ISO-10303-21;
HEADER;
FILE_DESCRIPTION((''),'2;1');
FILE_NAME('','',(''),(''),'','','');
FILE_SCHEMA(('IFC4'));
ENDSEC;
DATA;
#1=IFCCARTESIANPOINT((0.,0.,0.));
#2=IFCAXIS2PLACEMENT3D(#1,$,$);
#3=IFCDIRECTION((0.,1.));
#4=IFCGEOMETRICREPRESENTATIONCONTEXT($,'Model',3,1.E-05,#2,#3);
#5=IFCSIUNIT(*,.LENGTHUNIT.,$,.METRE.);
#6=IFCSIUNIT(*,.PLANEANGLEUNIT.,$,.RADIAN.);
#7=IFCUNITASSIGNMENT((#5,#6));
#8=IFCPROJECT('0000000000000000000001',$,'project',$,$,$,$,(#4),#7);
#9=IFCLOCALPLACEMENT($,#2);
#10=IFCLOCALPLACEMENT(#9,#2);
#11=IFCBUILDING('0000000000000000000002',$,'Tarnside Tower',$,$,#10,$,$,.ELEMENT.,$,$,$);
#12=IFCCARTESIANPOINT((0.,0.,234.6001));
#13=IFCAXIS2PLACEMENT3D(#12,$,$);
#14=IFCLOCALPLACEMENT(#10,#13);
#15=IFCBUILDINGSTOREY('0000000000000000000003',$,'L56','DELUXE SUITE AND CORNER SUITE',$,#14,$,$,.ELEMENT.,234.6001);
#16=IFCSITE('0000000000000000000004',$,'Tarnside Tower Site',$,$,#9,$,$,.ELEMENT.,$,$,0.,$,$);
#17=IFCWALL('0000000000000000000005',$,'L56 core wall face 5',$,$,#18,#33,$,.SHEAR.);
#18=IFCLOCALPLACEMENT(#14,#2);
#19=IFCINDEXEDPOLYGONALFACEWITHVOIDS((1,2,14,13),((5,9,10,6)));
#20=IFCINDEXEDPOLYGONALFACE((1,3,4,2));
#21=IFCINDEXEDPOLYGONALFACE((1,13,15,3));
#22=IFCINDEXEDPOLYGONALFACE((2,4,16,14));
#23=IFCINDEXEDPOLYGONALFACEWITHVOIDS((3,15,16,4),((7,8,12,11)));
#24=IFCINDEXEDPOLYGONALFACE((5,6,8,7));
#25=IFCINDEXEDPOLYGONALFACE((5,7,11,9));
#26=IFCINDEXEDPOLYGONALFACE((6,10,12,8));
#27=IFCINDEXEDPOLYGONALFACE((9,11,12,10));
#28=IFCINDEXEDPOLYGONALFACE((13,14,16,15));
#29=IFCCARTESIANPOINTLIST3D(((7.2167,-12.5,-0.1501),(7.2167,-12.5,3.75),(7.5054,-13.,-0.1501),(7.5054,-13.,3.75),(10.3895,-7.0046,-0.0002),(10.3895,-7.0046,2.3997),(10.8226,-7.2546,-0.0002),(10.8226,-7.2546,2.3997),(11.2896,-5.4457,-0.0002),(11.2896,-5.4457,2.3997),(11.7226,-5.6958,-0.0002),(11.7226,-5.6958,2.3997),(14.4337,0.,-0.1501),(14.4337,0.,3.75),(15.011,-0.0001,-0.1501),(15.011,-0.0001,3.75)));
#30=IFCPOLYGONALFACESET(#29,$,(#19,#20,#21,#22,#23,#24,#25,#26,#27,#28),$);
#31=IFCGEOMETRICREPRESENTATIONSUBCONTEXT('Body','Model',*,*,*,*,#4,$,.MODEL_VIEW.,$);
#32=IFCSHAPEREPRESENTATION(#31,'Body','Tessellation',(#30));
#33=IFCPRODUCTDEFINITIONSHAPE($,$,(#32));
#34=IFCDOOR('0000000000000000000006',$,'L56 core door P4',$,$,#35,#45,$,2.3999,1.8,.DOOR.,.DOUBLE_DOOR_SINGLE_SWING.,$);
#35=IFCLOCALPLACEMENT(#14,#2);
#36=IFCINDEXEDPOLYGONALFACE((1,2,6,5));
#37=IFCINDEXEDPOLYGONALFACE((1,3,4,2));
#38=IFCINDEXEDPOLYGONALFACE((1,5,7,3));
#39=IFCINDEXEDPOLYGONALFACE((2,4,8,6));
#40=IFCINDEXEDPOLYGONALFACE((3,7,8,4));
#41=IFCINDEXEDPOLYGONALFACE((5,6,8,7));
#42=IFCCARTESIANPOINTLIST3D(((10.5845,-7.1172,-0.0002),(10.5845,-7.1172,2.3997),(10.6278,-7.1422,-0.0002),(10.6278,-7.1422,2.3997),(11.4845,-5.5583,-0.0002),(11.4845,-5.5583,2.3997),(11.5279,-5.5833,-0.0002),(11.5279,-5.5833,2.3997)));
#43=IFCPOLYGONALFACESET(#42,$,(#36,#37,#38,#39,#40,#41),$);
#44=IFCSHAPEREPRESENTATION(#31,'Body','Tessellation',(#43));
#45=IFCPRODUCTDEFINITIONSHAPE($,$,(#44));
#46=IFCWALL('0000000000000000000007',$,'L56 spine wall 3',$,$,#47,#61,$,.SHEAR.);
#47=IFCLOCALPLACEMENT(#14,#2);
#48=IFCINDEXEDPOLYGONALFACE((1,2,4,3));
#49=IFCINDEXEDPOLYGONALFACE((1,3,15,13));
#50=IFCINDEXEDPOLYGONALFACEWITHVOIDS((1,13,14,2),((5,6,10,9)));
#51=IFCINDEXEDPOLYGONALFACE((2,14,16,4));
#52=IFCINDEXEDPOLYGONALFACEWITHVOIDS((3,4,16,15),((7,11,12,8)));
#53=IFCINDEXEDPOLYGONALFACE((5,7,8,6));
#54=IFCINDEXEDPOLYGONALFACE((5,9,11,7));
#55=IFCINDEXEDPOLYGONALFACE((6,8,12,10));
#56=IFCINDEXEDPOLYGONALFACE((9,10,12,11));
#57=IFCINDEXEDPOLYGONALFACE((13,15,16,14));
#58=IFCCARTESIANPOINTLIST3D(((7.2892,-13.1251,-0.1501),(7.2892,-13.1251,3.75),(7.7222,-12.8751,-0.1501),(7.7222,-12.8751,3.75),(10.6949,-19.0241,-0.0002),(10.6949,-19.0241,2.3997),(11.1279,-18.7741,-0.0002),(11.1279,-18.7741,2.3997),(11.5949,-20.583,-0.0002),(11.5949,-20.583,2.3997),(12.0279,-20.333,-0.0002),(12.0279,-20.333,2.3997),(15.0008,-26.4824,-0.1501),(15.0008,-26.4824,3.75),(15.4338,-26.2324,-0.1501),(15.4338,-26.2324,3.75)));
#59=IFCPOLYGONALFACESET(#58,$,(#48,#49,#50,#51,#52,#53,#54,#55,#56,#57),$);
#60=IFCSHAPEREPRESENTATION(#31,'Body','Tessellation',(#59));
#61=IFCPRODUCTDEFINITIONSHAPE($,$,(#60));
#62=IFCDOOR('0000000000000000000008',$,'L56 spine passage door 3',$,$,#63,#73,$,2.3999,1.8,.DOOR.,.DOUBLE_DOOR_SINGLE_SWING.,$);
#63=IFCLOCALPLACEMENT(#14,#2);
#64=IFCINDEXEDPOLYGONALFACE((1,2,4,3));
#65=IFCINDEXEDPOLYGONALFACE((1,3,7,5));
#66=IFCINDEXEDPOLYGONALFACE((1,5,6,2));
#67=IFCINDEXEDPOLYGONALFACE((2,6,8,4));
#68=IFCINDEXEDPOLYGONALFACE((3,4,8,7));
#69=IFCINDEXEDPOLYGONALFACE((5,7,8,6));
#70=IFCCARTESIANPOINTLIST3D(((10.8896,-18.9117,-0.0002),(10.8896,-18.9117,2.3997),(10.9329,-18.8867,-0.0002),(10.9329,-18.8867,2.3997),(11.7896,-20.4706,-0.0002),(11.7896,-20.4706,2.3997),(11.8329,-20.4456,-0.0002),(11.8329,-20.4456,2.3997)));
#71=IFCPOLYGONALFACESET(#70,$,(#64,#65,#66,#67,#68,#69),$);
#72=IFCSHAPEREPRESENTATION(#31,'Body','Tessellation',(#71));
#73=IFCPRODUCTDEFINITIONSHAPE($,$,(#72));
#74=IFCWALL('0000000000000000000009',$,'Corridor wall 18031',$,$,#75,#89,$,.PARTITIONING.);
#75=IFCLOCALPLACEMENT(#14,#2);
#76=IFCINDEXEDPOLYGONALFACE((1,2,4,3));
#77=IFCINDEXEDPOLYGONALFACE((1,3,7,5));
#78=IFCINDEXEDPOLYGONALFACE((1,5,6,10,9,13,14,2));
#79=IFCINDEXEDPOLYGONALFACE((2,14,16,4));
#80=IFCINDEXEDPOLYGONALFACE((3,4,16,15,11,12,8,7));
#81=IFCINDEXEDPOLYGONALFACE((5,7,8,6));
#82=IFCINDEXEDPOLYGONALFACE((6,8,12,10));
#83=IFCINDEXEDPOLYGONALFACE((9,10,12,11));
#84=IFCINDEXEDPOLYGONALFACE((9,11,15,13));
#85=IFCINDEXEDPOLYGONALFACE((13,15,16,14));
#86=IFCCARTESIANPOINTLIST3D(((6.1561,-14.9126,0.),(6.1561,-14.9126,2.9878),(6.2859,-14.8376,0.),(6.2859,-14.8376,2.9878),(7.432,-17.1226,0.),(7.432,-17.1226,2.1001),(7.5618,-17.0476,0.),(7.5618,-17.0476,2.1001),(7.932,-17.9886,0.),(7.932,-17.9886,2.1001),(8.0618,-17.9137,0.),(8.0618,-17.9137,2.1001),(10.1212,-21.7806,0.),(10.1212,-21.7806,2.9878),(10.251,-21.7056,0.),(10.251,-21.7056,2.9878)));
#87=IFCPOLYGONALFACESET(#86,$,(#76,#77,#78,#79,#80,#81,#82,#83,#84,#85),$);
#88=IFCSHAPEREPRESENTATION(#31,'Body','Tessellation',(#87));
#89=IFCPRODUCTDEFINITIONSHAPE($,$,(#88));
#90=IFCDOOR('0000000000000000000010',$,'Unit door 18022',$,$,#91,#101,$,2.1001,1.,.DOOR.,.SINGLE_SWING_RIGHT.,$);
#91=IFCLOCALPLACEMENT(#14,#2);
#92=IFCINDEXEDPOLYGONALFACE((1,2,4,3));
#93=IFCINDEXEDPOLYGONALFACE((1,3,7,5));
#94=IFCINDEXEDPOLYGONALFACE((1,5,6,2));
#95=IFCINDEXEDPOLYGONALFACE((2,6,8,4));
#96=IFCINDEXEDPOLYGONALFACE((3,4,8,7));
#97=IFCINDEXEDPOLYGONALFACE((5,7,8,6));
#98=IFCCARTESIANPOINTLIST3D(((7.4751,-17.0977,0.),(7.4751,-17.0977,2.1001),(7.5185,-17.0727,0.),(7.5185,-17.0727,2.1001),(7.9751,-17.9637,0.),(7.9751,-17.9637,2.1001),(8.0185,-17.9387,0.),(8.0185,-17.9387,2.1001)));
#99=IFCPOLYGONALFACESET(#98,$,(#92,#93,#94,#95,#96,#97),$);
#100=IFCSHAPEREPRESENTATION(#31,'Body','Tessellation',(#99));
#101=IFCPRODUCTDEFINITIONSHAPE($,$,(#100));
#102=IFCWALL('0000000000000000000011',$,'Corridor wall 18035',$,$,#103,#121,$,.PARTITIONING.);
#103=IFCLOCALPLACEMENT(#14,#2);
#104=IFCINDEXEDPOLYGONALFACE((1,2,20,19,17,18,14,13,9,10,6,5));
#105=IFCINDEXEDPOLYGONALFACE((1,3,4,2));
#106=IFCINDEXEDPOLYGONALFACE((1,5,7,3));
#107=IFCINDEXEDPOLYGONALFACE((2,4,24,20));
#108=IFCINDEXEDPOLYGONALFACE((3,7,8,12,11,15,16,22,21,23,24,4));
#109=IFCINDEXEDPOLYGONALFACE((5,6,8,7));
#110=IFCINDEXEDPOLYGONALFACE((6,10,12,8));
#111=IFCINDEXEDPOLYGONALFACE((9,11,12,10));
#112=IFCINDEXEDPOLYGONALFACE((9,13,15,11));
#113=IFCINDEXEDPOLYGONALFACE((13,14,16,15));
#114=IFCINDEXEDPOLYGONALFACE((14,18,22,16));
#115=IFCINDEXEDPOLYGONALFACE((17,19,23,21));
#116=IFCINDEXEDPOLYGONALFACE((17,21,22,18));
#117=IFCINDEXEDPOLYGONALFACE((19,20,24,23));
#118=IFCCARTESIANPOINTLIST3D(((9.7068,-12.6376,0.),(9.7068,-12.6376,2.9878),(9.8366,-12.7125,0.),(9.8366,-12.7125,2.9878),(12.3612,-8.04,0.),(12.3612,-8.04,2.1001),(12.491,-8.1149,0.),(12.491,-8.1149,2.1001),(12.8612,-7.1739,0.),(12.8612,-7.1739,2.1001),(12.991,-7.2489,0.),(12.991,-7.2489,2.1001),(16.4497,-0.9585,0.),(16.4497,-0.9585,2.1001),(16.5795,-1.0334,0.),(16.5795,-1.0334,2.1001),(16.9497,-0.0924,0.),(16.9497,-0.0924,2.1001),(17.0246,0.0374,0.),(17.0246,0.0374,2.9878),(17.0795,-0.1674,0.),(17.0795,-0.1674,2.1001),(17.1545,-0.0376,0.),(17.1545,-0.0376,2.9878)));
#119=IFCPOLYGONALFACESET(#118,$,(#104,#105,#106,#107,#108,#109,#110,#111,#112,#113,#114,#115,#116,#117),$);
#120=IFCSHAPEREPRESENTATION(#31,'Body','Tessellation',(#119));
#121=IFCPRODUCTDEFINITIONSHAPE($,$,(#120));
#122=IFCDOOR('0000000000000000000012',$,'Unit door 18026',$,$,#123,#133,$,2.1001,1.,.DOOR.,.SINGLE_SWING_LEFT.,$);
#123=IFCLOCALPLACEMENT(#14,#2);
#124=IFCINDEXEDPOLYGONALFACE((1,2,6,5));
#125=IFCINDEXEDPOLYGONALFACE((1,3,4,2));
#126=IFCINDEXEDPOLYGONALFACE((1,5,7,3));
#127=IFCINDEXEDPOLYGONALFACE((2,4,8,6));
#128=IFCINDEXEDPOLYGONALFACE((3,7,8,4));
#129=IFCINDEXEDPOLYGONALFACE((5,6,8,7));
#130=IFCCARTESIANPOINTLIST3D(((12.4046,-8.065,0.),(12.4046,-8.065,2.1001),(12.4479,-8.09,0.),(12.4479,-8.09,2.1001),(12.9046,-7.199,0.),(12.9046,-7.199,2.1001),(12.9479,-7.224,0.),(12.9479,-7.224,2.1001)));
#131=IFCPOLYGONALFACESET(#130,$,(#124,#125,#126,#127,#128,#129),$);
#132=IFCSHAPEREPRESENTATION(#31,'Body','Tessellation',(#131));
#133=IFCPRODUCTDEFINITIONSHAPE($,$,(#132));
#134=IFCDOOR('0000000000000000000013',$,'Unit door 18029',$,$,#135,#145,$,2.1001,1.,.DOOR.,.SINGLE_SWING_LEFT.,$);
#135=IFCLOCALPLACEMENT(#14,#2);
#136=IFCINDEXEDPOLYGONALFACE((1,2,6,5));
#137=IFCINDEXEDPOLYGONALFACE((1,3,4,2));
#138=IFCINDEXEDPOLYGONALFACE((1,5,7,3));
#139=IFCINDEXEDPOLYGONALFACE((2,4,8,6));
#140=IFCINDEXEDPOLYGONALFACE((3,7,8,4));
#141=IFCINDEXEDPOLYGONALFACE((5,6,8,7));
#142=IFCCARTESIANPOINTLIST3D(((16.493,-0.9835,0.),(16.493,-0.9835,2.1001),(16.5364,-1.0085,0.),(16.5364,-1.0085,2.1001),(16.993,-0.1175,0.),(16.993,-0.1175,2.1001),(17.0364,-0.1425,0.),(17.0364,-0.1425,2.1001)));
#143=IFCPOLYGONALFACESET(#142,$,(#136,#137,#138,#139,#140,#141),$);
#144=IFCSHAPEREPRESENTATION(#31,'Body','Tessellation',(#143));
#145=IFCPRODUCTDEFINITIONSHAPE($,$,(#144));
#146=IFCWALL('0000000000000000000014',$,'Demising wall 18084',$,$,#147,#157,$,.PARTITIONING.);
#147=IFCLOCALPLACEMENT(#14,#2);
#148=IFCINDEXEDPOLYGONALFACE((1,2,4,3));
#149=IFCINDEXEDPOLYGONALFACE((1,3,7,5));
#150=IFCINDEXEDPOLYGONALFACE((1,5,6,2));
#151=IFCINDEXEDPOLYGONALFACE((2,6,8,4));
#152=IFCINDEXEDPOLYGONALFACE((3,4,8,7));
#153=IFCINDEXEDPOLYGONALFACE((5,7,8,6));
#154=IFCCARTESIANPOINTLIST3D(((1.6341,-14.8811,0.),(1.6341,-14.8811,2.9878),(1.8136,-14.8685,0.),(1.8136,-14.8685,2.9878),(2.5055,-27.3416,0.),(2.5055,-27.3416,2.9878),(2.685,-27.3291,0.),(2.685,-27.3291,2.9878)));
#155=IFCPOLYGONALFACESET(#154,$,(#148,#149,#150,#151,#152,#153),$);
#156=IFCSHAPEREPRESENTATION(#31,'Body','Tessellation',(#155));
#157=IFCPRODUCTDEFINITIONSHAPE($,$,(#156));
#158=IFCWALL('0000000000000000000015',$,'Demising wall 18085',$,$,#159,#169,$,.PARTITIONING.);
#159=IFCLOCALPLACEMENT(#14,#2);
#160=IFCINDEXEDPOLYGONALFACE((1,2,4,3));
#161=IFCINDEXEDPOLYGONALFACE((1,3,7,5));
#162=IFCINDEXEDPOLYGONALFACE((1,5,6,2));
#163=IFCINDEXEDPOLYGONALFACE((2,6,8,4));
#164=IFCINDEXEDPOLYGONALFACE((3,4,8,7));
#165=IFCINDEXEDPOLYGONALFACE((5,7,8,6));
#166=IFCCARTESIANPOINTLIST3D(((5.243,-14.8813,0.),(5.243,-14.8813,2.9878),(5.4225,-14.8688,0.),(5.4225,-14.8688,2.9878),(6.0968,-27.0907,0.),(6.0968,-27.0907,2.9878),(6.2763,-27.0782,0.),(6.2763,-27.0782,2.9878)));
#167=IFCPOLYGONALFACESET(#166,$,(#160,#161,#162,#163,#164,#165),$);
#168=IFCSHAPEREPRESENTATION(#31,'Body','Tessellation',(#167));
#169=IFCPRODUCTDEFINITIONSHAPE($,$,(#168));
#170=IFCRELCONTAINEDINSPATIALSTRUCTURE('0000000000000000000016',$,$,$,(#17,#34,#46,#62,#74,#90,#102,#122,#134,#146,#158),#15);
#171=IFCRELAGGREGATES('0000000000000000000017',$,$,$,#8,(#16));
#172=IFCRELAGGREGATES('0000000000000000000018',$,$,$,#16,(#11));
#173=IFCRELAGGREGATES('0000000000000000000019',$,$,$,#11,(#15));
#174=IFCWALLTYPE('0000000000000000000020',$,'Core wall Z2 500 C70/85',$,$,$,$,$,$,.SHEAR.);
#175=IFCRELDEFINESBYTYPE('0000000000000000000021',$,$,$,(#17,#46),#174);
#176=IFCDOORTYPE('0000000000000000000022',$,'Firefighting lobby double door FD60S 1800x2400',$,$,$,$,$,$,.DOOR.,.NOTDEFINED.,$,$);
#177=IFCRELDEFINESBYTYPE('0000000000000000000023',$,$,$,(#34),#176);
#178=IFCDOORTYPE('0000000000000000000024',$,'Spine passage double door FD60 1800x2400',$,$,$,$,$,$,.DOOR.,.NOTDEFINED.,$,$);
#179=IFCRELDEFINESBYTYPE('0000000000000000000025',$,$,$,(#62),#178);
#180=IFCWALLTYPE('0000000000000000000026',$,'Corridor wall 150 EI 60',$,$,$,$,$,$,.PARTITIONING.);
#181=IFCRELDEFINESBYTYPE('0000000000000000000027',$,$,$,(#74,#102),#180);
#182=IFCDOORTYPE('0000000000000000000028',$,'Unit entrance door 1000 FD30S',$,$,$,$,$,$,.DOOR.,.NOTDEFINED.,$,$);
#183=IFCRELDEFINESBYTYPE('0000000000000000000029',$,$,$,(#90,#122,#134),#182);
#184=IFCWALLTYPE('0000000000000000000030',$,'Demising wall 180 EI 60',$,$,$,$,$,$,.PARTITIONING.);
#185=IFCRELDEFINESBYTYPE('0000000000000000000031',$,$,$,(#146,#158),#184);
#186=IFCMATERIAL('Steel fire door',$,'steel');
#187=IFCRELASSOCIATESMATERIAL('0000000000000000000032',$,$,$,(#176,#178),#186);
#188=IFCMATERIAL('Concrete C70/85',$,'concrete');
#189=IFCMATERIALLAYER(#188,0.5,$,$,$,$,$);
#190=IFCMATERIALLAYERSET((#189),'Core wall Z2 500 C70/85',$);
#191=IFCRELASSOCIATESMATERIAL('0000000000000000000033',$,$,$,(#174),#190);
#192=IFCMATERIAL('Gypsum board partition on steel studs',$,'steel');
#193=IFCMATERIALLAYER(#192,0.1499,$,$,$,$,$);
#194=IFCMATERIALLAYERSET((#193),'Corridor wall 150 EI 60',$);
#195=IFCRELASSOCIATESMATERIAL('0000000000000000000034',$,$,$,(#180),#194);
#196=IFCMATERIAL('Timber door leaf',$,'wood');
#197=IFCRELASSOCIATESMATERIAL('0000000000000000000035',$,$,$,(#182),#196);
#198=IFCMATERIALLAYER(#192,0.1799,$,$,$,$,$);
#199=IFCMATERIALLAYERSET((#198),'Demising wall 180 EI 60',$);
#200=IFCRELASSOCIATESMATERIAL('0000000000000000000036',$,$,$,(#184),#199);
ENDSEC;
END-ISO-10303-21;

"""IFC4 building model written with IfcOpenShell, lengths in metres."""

from ifc_helpers import new_model, si_unit, direction, frame, frame_2d, origin, place, context, subcontext, project, spatial, polyline, rectangle, outline, extrude, material, layer, layer_set, type_object, element, fill, save


model = new_model("IFC4")

# Units and contexts
model_context = context("Model", 3, precision=1e-05, world=origin(), true_north=direction((0.0, 1.0)))
body_context = subcontext(model_context, "Body", "Model", "MODEL_VIEW")
ifc_project = project(units=[si_unit("LENGTHUNIT", "METRE"), si_unit("PLANEANGLEUNIT", "RADIAN")], contexts=[model_context])

# Site, building, storey
site_placement = place(None, origin())
site = spatial("IfcSite", under=ifc_project, at=site_placement, Name="Tarnside Tower Site", CompositionType="ELEMENT", RefElevation=0.0)
building_placement = place(site_placement, origin())
building = spatial("IfcBuilding", under=site, at=building_placement, Name="Tarnside Tower", CompositionType="ELEMENT")
storey_placement = place(building_placement, frame((0.0, 0.0, 234.6001)))
storey = spatial("IfcBuildingStorey", under=building, at=storey_placement, Name="L56", Description="DELUXE SUITE AND CORNER SUITE", CompositionType="ELEMENT", Elevation=234.6001)

# Walls, openings, doors
ifc_material_1 = material(Name="Steel fire door", Category="steel")
door_type_1 = type_object("IfcDoorType", Name="Firefighting lobby double door FD60S 1800x2400", OperationType="NOTDEFINED", PredefinedType="DOOR", material=ifc_material_1)
ifc_material_2 = material(Name="Concrete C70/85", Category="concrete")
ifc_layer_1 = layer(ifc_material_2, 0.5)
ifc_layer_set_1 = layer_set([ifc_layer_1], Name="Core wall Z2 500 C70/85")
wall_type_1 = type_object("IfcWallType", Name="Core wall Z2 500 C70/85", PredefinedType="SHEAR", material=ifc_layer_set_1)
wall_1_placement = place(storey_placement, frame((7.3611, -12.75, -0.1501), z_axis=(0.0, 0.0, 1.0), x_axis=(0.500006, 0.866022, 0.0)))
wall_1 = element("IfcWall", 1, at=wall_1_placement, inside=storey, type_object=wall_type_1, Name="L56 core wall face 5", PredefinedType="SHEAR", context=body_context, shape_type="SweptSolid", body=[
    extrude(outline(polyline([(-0.1443, -0.25), (14.8667, -0.25), (14.5781, 0.25), (0.1443, 0.25), (-0.1443, -0.25)])), origin(), (0.0, 0.0, 1.0), 3.9001),
])
opening_1_placement = place(wall_1_placement, frame((6.49, 0.0, 0.1499)))
opening_1 = element("IfcOpeningElement", 2, at=opening_1_placement, cuts=wall_1, PredefinedType="OPENING", context=body_context, shape_type="SweptSolid", body=[
    extrude(rectangle(XDim=1.8, YDim=2.3999, at=frame_2d((0.8999, 1.2))), frame((0.0, 0.26, 0.0), z_axis=(0.0, -1.0, 0.0), x_axis=(1.0, 0.0, 0.0)), (0.0, 0.0, 1.0), 0.52),
])
door_1_placement = place(opening_1_placement, origin())
door_1 = element("IfcDoor", 3, at=door_1_placement, inside=storey, type_object=door_type_1, Name="L56 core door P4", OperationType="DOUBLE_DOOR_SINGLE_SWING", OverallHeight=2.3999, OverallWidth=1.8, PredefinedType="DOOR", context=body_context, shape_type="SweptSolid", body=[
    extrude(rectangle(XDim=1.8, YDim=2.3999, at=frame_2d((0.8999, 1.2))), frame((0.0, 0.0249, 0.0), z_axis=(0.0, -1.0, 0.0), x_axis=(1.0, 0.0, 0.0)), (0.0, 0.0, 1.0), 0.05),
])
fill(opening_1, door_1)
wall_2_placement = place(storey_placement, frame((7.5056, -13.0, -0.1501), z_axis=(0.0, 0.0, 1.0), x_axis=(0.499988, -0.866032, 0.0)))
wall_2 = element("IfcWall", 4, at=wall_2_placement, inside=storey, type_object=wall_type_1, Name="L56 spine wall 3", PredefinedType="SHEAR", context=body_context, shape_type="SweptSolid", body=[
    extrude(rectangle(XDim=15.4236, YDim=0.5, at=frame_2d((7.7119, 0.0))), origin(), (0.0, 0.0, 1.0), 3.9001),
])
opening_2_placement = place(wall_2_placement, frame((6.8118, 0.0, 0.1499)))
opening_2 = element("IfcOpeningElement", 5, at=opening_2_placement, cuts=wall_2, PredefinedType="OPENING", context=body_context, shape_type="SweptSolid", body=[
    extrude(rectangle(XDim=1.8, YDim=2.3999, at=frame_2d((0.8999, 1.2))), frame((0.0, 0.26, 0.0), z_axis=(0.0, -1.0, 0.0), x_axis=(1.0, 0.0, 0.0)), (0.0, 0.0, 1.0), 0.52),
])
door_type_2 = type_object("IfcDoorType", Name="Spine passage double door FD60 1800x2400", OperationType="NOTDEFINED", PredefinedType="DOOR", material=ifc_material_1)
door_2_placement = place(opening_2_placement, origin())
door_2 = element("IfcDoor", 6, at=door_2_placement, inside=storey, type_object=door_type_2, Name="L56 spine passage door 3", OperationType="DOUBLE_DOOR_SINGLE_SWING", OverallHeight=2.3999, OverallWidth=1.8, PredefinedType="DOOR", context=body_context, shape_type="SweptSolid", body=[
    extrude(rectangle(XDim=1.8, YDim=2.3999, at=frame_2d((0.8999, 1.2))), frame((0.0, 0.0249, 0.0), z_axis=(0.0, -1.0, 0.0), x_axis=(1.0, 0.0, 0.0)), (0.0, 0.0, 1.0), 0.05),
])
fill(opening_2, door_2)
ifc_material_3 = material(Name="Gypsum board partition on steel studs", Category="steel")
ifc_layer_2 = layer(ifc_material_3, 0.1499)
ifc_layer_set_2 = layer_set([ifc_layer_2], Name="Corridor wall 150 EI 60")
wall_type_2 = type_object("IfcWallType", Name="Corridor wall 150 EI 60", PredefinedType="PARTITIONING", material=ifc_layer_set_2)
wall_3_placement = place(storey_placement, frame((6.2209, -14.875, 0.0), z_axis=(0.0, 0.0, 1.0), x_axis=(0.49999, -0.866031, 0.0)))
wall_3 = element("IfcWall", 7, at=wall_3_placement, inside=storey, type_object=wall_type_2, Name="Corridor wall 18031", PredefinedType="PARTITIONING", context=body_context, shape_type="SweptSolid", body=[
    extrude(rectangle(XDim=7.9304, YDim=0.1499, at=frame_2d((3.9653, 0.0))), origin(), (0.0, 0.0, 1.0), 2.9878),
])
opening_3_placement = place(wall_3_placement, frame((2.552, 0.0, 0.0)))
opening_3 = element("IfcOpeningElement", 8, at=opening_3_placement, cuts=wall_3, PredefinedType="OPENING", context=body_context, shape_type="SweptSolid", body=[
    extrude(rectangle(XDim=1.0, YDim=2.1001, at=frame_2d((0.5, 1.05))), frame((0.0, 0.085, 0.0), z_axis=(0.0, -1.0, 0.0), x_axis=(1.0, 0.0, 0.0)), (0.0, 0.0, 1.0), 0.1699),
])
ifc_material_4 = material(Name="Timber door leaf", Category="wood")
door_type_3 = type_object("IfcDoorType", Name="Unit entrance door 1000 FD30S", OperationType="NOTDEFINED", PredefinedType="DOOR", material=ifc_material_4)
door_3_placement = place(opening_3_placement, origin())
door_3 = element("IfcDoor", 9, at=door_3_placement, inside=storey, type_object=door_type_3, Name="Unit door 18022", OperationType="SINGLE_SWING_RIGHT", OverallHeight=2.1001, OverallWidth=1.0, PredefinedType="DOOR", context=body_context, shape_type="SweptSolid", body=[
    extrude(rectangle(XDim=1.0, YDim=2.1001, at=frame_2d((0.5, 1.05))), frame((0.0, 0.0249, 0.0), z_axis=(0.0, -1.0, 0.0), x_axis=(1.0, 0.0, 0.0)), (0.0, 0.0, 1.0), 0.05),
])
fill(opening_3, door_3)

# Wall, openings, doors
wall_4_placement = place(storey_placement, frame((9.7717, -12.675, 0.0), z_axis=(0.0, 0.0, 1.0), x_axis=(0.499996, 0.866028, 0.0)))
wall_4 = element("IfcWall", 10, at=wall_4_placement, inside=storey, type_object=wall_type_2, Name="Corridor wall 18035", PredefinedType="PARTITIONING", context=body_context, shape_type="SweptSolid", body=[
    extrude(rectangle(XDim=14.6357, YDim=0.1499, at=frame_2d((7.3179, 0.0))), origin(), (0.0, 0.0, 1.0), 2.9878),
])
opening_4_placement = place(wall_4_placement, frame((5.3088, 0.0, 0.0)))
opening_4 = element("IfcOpeningElement", 11, at=opening_4_placement, cuts=wall_4, PredefinedType="OPENING", context=body_context, shape_type="SweptSolid", body=[
    extrude(rectangle(XDim=1.0, YDim=2.1001, at=frame_2d((0.5, 1.05))), frame((0.0, 0.085, 0.0), z_axis=(0.0, -1.0, 0.0), x_axis=(1.0, 0.0, 0.0)), (0.0, 0.0, 1.0), 0.1699),
])
opening_5_placement = place(wall_4_placement, frame((13.4858, 0.0, 0.0)))
opening_5 = element("IfcOpeningElement", 12, at=opening_5_placement, cuts=wall_4, PredefinedType="OPENING", context=body_context, shape_type="SweptSolid", body=[
    extrude(rectangle(XDim=1.0, YDim=2.1001, at=frame_2d((0.5, 1.05))), frame((0.0, 0.085, 0.0), z_axis=(0.0, -1.0, 0.0), x_axis=(1.0, 0.0, 0.0)), (0.0, 0.0, 1.0), 0.1699),
])
door_4_placement = place(opening_4_placement, origin())
door_4 = element("IfcDoor", 13, at=door_4_placement, inside=storey, type_object=door_type_3, Name="Unit door 18026", OperationType="SINGLE_SWING_LEFT", OverallHeight=2.1001, OverallWidth=1.0, PredefinedType="DOOR", context=body_context, shape_type="SweptSolid", body=[
    extrude(rectangle(XDim=1.0, YDim=2.1001, at=frame_2d((0.5, 1.05))), frame((0.0, 0.0249, 0.0), z_axis=(0.0, -1.0, 0.0), x_axis=(1.0, 0.0, 0.0)), (0.0, 0.0, 1.0), 0.05),
])
fill(opening_4, door_4)
door_5_placement = place(opening_5_placement, origin())
door_5 = element("IfcDoor", 14, at=door_5_placement, inside=storey, type_object=door_type_3, Name="Unit door 18029", OperationType="SINGLE_SWING_LEFT", OverallHeight=2.1001, OverallWidth=1.0, PredefinedType="DOOR", context=body_context, shape_type="SweptSolid", body=[
    extrude(rectangle(XDim=1.0, YDim=2.1001, at=frame_2d((0.5, 1.05))), frame((0.0, 0.0249, 0.0), z_axis=(0.0, -1.0, 0.0), x_axis=(1.0, 0.0, 0.0)), (0.0, 0.0, 1.0), 0.05),
])
fill(opening_5, door_5)

# Walls
ifc_layer_3 = layer(ifc_material_3, 0.1799)
ifc_layer_set_3 = layer_set([ifc_layer_3], Name="Demising wall 180 EI 60")
wall_type_3 = type_object("IfcWallType", Name="Demising wall 180 EI 60", PredefinedType="PARTITIONING", material=ifc_layer_set_3)
wall_5_placement = place(storey_placement, frame((2.5952, -27.3354, 0.0), z_axis=(0.0, 0.0, 1.0), x_axis=(-0.069758, 0.997564, 0.0)))
element("IfcWall", 15, at=wall_5_placement, inside=storey, type_object=wall_type_3, Name="Demising wall 18084", PredefinedType="PARTITIONING", context=body_context, shape_type="SweptSolid", body=[
    extrude(rectangle(XDim=12.491, YDim=0.1799, at=frame_2d((6.2456, 0.0))), origin(), (0.0, 0.0, 1.0), 2.9878),
])
wall_6_placement = place(storey_placement, frame((6.1865, -27.0845, 0.0), z_axis=(0.0, 0.0, 1.0), x_axis=(-0.069756, 0.997564, 0.0)))
element("IfcWall", 16, at=wall_6_placement, inside=storey, type_object=wall_type_3, Name="Demising wall 18085", PredefinedType="PARTITIONING", context=body_context, shape_type="SweptSolid", body=[
    extrude(rectangle(XDim=12.2393, YDim=0.1799, at=frame_2d((6.1196, 0.0))), origin(), (0.0, 0.0, 1.0), 2.9878),
])

save(model, "model.ifc")
